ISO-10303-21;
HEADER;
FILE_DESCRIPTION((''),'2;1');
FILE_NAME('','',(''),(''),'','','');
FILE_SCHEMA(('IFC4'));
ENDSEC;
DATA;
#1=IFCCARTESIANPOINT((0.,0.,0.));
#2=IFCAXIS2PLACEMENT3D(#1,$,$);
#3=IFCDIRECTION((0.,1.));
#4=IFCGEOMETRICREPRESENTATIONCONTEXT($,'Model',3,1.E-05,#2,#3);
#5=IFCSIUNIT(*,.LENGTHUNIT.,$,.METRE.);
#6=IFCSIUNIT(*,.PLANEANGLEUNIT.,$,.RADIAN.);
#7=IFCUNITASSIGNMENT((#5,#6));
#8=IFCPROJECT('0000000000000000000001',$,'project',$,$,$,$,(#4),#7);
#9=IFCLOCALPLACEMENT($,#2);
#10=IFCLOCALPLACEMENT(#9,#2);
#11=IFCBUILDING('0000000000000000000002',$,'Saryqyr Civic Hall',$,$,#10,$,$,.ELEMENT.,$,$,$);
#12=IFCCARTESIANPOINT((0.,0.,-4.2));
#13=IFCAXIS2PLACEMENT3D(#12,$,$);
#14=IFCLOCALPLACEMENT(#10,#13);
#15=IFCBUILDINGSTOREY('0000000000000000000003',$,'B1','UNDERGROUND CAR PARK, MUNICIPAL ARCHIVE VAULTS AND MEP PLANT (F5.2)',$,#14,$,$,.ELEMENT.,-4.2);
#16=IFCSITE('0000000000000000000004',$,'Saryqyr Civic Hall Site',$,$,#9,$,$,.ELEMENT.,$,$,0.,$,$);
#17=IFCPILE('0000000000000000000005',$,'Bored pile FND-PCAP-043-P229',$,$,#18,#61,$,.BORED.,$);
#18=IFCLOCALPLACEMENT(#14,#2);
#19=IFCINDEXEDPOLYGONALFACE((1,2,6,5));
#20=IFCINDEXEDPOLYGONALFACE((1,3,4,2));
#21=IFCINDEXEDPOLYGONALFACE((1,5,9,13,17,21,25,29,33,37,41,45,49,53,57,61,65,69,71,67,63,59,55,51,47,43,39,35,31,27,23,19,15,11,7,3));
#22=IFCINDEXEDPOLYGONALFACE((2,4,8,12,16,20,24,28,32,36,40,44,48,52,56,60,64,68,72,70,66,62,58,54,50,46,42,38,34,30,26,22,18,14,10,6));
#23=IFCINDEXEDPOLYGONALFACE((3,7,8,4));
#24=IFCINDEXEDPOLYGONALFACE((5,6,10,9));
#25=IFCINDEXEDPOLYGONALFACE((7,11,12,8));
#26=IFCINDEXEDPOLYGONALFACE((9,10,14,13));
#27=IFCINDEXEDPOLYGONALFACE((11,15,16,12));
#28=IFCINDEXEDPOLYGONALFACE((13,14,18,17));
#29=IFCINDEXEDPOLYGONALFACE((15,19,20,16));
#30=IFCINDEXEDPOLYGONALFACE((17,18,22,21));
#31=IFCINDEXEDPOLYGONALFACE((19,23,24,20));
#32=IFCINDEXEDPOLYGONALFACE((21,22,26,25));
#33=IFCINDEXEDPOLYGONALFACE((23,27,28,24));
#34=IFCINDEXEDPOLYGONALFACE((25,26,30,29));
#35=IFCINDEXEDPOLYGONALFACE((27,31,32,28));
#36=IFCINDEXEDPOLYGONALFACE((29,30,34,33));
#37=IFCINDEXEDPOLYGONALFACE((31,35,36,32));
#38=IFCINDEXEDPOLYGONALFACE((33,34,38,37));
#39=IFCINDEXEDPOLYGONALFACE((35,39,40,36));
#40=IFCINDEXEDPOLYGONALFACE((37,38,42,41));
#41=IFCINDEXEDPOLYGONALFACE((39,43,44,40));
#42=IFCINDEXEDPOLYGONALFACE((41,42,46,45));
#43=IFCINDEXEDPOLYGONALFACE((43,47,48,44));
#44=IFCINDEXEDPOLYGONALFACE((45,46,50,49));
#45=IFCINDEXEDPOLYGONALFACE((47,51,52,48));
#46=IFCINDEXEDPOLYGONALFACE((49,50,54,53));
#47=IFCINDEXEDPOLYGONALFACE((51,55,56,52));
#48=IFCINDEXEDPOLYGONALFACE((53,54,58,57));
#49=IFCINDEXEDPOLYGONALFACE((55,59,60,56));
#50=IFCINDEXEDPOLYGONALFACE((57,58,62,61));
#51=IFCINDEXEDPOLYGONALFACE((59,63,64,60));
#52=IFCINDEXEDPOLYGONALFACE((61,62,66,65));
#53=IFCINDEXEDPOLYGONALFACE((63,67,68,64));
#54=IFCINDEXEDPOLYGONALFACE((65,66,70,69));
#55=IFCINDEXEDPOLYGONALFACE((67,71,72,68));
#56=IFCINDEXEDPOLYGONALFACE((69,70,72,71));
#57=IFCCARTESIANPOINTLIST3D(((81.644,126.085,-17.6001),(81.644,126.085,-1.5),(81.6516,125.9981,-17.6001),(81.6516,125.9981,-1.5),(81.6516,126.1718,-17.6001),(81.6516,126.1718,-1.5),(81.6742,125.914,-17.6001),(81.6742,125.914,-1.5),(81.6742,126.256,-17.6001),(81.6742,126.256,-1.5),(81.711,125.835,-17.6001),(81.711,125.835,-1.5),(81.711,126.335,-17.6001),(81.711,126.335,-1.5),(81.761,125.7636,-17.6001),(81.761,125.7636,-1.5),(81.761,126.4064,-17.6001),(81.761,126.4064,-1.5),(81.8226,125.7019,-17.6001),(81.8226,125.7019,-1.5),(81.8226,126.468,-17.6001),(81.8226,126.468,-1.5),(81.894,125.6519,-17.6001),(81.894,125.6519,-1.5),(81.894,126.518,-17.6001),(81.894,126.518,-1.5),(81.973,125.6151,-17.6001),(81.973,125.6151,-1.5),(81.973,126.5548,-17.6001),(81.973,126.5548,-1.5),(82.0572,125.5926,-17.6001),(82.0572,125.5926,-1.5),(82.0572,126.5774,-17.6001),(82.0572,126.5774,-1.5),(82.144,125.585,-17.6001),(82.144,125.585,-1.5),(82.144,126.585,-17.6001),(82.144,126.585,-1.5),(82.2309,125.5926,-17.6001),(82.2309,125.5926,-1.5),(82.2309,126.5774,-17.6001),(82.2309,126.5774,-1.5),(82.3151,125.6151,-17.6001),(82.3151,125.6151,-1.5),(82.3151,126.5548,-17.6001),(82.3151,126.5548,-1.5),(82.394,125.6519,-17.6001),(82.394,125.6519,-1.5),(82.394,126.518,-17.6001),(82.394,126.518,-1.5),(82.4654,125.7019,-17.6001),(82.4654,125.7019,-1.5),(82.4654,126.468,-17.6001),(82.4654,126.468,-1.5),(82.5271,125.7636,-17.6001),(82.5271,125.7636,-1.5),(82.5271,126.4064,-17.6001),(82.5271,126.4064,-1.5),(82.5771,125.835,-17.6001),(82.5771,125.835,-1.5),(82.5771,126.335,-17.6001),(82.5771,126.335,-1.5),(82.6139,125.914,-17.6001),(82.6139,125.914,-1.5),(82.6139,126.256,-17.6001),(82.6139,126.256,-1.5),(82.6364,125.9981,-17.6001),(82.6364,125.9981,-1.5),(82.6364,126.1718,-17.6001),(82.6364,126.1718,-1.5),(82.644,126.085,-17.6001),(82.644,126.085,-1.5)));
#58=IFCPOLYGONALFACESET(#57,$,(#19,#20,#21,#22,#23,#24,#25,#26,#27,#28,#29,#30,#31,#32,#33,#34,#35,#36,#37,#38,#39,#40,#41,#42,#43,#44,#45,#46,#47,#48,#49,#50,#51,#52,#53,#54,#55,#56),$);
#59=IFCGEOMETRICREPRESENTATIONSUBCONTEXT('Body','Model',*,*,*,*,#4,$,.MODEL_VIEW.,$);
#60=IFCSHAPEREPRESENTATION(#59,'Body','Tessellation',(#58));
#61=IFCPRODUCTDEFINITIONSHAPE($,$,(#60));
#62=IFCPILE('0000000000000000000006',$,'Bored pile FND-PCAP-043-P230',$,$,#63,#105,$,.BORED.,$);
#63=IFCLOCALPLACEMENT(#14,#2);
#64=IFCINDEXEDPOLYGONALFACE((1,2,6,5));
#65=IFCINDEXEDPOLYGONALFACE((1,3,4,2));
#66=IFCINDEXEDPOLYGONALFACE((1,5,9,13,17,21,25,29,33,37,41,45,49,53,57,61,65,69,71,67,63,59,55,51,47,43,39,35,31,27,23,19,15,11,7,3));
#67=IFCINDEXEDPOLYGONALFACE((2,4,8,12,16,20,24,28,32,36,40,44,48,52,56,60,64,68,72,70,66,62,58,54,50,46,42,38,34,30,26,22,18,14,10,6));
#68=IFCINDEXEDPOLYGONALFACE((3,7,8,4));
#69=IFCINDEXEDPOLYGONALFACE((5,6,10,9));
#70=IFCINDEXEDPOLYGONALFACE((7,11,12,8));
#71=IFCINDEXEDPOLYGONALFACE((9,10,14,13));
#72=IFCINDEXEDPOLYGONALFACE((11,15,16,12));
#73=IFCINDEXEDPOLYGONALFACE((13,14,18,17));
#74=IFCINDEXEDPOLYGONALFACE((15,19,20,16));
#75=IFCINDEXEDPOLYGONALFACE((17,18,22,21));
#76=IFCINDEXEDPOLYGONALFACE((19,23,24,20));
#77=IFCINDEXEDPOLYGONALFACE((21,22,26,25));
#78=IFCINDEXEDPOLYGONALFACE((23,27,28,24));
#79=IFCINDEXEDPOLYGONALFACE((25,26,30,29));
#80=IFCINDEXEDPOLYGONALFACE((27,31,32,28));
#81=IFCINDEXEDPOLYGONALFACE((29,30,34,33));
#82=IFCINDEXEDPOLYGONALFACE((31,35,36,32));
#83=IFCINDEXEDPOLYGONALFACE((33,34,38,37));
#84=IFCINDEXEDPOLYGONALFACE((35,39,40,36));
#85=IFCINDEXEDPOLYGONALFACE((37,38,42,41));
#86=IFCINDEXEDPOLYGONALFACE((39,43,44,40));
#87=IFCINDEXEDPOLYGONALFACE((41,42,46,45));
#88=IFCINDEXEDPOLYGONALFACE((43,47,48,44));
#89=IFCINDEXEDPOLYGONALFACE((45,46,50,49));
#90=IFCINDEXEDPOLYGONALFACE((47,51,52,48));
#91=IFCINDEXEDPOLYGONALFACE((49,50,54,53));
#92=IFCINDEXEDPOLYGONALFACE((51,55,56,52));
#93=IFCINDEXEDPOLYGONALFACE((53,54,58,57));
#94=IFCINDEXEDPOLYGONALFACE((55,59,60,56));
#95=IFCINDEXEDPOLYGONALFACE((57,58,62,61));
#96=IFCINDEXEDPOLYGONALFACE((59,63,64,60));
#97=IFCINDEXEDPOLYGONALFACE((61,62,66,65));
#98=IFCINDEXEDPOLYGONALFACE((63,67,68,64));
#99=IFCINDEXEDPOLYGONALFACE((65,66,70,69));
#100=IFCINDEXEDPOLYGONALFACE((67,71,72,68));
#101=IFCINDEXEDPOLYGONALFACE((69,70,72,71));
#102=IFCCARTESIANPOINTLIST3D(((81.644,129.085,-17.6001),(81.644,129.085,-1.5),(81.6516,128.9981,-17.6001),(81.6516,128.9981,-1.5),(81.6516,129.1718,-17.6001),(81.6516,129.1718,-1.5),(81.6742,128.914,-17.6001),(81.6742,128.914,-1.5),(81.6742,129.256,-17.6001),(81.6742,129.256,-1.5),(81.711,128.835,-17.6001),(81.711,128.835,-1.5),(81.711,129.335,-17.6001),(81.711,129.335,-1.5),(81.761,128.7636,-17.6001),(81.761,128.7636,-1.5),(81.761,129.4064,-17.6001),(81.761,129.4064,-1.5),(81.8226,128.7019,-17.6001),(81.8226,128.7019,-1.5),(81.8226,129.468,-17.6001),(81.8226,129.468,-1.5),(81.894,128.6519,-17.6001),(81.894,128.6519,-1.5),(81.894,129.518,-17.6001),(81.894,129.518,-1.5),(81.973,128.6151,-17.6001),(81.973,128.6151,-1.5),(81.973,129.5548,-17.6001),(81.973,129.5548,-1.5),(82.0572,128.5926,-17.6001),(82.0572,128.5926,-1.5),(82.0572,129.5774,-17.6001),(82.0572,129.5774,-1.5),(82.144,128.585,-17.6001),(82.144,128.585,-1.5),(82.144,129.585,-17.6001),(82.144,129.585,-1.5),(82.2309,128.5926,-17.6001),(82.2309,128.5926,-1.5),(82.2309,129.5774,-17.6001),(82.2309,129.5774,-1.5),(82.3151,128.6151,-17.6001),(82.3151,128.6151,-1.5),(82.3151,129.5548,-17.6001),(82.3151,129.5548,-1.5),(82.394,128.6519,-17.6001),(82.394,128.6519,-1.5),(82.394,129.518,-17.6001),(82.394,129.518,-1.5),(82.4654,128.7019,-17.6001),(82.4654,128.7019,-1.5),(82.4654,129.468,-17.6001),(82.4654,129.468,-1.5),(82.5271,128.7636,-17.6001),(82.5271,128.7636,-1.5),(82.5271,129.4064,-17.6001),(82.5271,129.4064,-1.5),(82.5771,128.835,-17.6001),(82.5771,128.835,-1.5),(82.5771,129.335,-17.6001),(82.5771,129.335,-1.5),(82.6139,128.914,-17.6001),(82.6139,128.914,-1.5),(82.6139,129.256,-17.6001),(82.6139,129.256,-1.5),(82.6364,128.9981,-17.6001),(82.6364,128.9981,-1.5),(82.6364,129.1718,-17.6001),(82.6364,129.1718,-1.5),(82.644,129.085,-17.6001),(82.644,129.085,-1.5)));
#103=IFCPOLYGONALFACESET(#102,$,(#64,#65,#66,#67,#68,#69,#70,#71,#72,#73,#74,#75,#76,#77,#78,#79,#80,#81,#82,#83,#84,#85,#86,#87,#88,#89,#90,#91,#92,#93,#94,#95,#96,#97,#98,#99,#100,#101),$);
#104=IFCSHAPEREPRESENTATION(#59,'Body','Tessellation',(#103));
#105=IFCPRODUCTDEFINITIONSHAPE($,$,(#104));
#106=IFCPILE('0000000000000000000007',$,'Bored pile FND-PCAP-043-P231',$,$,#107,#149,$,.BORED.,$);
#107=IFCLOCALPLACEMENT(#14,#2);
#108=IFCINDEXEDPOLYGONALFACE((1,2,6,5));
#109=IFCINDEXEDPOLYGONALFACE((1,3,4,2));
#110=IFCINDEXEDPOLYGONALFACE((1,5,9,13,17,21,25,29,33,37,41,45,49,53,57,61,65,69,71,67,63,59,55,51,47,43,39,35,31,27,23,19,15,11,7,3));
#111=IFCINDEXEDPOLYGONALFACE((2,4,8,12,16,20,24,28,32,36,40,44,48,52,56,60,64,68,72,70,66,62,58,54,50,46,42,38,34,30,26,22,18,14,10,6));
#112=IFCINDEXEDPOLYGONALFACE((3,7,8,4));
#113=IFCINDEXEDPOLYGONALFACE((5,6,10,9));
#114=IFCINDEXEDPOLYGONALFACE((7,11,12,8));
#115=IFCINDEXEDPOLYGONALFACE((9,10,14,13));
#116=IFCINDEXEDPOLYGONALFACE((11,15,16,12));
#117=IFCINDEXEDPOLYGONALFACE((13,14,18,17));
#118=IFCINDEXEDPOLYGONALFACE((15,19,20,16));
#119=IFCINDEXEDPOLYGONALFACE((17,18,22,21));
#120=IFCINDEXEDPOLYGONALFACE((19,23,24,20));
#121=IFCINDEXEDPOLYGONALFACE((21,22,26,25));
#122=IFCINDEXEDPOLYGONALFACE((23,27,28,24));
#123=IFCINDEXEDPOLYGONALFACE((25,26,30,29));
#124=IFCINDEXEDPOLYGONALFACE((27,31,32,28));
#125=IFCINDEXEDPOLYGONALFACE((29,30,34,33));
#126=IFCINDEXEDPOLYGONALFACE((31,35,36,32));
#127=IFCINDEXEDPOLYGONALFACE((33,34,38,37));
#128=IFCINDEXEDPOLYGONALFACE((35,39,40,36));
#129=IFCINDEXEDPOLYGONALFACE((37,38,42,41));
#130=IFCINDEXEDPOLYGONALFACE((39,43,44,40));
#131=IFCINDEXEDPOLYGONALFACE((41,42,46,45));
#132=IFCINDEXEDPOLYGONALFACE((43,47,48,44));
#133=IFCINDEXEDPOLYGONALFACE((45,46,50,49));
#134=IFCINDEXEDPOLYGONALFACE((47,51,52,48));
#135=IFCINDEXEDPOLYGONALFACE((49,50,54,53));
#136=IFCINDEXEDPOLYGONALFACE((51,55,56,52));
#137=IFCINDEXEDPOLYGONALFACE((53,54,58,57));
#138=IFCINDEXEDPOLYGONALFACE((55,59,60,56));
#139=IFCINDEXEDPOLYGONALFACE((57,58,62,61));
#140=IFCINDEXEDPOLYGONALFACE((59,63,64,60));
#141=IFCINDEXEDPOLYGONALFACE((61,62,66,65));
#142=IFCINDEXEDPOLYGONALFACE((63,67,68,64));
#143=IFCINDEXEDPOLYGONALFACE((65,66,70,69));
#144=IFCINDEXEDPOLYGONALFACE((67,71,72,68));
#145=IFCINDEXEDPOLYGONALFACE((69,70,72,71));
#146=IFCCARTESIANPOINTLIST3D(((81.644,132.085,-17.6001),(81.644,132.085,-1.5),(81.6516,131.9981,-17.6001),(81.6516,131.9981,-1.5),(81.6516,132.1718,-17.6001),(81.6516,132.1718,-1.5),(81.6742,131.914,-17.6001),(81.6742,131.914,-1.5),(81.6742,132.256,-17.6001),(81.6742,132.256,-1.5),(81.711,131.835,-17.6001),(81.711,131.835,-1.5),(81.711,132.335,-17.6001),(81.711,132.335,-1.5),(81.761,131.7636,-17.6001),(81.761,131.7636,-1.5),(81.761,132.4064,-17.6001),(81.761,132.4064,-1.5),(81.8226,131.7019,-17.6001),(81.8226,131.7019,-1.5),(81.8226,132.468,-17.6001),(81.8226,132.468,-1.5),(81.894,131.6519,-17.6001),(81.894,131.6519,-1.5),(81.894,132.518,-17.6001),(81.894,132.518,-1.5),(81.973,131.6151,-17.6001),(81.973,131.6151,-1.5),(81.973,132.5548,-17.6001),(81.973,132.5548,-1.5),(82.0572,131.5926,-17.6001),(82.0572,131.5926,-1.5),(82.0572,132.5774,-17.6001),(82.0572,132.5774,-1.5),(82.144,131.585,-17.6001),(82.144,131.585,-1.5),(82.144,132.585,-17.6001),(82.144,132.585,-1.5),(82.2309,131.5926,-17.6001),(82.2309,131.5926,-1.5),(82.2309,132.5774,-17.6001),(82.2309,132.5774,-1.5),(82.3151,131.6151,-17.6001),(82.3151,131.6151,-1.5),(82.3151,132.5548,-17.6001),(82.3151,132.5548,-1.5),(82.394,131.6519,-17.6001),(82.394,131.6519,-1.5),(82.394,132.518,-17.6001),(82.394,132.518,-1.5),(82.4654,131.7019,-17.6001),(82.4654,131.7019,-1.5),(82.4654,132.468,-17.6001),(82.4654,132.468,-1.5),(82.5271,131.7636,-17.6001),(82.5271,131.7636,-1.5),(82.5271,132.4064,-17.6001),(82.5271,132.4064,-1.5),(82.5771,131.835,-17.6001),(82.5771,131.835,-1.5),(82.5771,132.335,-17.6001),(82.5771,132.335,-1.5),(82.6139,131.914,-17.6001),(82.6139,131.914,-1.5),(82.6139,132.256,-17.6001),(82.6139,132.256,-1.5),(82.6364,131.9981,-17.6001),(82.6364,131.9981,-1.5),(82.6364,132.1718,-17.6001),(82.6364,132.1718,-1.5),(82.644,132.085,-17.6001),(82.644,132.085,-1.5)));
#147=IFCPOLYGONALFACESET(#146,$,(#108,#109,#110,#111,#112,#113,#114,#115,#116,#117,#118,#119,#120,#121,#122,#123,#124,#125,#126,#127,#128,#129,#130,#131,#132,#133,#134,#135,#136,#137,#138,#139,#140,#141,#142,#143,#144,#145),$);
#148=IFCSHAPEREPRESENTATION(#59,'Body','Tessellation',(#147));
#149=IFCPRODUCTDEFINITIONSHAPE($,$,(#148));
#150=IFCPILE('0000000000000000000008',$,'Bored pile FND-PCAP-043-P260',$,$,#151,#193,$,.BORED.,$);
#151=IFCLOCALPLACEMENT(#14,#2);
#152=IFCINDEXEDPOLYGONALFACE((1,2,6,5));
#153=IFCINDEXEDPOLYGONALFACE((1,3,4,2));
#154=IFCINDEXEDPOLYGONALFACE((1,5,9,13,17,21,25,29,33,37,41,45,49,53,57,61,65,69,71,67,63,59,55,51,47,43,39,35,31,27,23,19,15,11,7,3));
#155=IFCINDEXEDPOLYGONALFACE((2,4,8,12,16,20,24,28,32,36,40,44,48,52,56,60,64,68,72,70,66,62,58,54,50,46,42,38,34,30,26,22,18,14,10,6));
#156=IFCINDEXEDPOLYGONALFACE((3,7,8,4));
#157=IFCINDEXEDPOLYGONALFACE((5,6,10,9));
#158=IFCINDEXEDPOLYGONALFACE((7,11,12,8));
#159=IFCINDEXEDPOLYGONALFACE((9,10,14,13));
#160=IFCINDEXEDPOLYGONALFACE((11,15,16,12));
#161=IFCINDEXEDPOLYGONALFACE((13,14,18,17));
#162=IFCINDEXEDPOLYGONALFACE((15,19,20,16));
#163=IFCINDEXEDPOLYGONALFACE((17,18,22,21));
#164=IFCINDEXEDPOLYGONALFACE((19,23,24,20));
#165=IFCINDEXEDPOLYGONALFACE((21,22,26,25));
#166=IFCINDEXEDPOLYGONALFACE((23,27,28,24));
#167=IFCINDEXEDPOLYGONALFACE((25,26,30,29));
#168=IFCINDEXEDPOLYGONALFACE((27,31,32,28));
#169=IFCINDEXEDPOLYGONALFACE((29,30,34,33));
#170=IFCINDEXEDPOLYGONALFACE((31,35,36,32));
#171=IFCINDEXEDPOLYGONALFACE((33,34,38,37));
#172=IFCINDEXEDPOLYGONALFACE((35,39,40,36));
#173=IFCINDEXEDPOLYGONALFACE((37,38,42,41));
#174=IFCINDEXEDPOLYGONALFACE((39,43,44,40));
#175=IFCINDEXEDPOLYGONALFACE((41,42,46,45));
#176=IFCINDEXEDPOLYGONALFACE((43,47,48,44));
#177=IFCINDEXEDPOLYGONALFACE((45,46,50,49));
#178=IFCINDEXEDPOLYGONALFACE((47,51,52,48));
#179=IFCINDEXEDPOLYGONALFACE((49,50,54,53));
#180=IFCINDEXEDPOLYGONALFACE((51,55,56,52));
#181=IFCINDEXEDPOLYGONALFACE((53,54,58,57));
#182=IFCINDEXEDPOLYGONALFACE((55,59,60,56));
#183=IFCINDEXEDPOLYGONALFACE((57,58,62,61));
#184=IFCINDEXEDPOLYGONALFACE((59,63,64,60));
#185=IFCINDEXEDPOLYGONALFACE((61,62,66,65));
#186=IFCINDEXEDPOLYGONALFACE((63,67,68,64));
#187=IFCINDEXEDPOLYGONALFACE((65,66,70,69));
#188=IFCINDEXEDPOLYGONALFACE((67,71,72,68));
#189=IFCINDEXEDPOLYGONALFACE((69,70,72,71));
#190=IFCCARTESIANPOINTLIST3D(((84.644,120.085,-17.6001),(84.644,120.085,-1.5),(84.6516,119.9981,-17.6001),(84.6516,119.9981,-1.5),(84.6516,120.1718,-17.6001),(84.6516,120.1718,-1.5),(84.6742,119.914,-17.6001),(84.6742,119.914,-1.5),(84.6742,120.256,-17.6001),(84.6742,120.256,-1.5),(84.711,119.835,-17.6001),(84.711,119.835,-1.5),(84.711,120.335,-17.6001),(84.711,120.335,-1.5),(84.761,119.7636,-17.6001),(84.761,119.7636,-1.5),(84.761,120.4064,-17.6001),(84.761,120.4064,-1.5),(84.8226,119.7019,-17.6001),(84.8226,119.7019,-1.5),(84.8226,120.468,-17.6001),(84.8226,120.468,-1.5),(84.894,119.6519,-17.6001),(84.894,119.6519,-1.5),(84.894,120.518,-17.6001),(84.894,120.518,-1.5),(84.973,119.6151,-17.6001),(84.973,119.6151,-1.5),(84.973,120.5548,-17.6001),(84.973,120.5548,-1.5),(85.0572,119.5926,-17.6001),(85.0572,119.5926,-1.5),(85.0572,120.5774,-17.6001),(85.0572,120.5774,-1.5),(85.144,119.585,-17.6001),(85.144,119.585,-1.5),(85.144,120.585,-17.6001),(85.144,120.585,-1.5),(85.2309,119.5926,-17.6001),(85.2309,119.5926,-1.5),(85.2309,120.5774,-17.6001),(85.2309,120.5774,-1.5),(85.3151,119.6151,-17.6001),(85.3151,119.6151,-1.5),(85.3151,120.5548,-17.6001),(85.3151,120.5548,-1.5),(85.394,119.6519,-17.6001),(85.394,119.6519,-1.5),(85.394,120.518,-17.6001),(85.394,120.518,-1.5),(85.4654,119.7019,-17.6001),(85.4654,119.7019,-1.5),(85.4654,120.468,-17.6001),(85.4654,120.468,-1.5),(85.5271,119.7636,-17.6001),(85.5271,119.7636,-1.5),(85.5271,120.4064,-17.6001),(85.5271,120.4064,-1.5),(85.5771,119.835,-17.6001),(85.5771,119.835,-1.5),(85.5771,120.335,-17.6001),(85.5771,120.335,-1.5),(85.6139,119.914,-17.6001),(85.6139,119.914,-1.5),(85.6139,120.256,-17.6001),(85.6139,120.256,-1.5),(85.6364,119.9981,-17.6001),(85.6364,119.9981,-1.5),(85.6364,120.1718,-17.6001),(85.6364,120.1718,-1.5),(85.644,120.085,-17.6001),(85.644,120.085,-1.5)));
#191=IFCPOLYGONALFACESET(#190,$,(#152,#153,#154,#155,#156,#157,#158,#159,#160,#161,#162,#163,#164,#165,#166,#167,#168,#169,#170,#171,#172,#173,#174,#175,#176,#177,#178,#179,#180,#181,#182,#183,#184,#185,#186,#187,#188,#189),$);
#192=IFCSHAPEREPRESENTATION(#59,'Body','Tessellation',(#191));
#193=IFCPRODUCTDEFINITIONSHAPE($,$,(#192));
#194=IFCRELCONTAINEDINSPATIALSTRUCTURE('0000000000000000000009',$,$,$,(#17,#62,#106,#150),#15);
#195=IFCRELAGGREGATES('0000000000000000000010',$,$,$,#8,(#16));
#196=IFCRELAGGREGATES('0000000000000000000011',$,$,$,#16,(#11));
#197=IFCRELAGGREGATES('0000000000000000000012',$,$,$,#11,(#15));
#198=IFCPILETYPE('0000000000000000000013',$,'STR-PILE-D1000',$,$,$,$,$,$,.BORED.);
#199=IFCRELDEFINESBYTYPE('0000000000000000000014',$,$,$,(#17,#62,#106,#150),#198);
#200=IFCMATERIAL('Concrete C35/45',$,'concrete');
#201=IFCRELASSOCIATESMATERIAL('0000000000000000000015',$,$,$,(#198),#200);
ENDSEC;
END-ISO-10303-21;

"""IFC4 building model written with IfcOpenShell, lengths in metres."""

from ifc_helpers import new_model, si_unit, direction, frame, origin, origin_2d, place, context, subcontext, project, spatial, circle, extrude, material, material_profile, profile_set, type_object, element, save


model = new_model("IFC4")

# Units and contexts
model_context = context("Model", 3, precision=1e-05, world=origin(), true_north=direction((0.0, 1.0)))
body_context = subcontext(model_context, "Body", "Model", "MODEL_VIEW")
ifc_project = project(units=[si_unit("LENGTHUNIT", "METRE"), si_unit("PLANEANGLEUNIT", "RADIAN")], contexts=[model_context])

# Site, building, storey
site_placement = place(None, origin())
site = spatial("IfcSite", under=ifc_project, at=site_placement, Name="Saryqyr Civic Hall Site", CompositionType="ELEMENT", RefElevation=0.0)
building_placement = place(site_placement, origin())
building = spatial("IfcBuilding", under=site, at=building_placement, Name="Saryqyr Civic Hall", CompositionType="ELEMENT")
storey_placement = place(building_placement, frame((0.0, 0.0, -4.2)))
storey = spatial("IfcBuildingStorey", under=building, at=storey_placement, Name="B1", Description="UNDERGROUND CAR PARK, MUNICIPAL ARCHIVE VAULTS AND MEP PLANT (F5.2)", CompositionType="ELEMENT", Elevation=-4.2)

# Shared definitions
ifc_material_1 = material(Name="Concrete C35/45", Category="concrete")

# Piles
ifc_material_profile_1 = material_profile(ifc_material_1, circle(Radius=0.5, at=origin_2d()), Name="BORED PILE D1000")
ifc_profile_set_1 = profile_set([ifc_material_profile_1], Name="Concrete C35/45")
pile_type = type_object("IfcPileType", Name="STR-PILE-D1000", PredefinedType="BORED", material=ifc_profile_set_1)
for number, where, z_axis, x_axis, name in (
    (1, (82.144, 126.085, -1.5), (0.0, 0.0, -1.0), (1.0, 0.0, 0.0), "Bored pile FND-PCAP-043-P229"),
    (2, (82.144, 129.085, -1.5), (0.0, 0.0, -1.0), (1.0, 0.0, 0.0), "Bored pile FND-PCAP-043-P230"),
    (3, (82.144, 132.085, -1.5), (0.0, 0.0, -1.0), (1.0, 0.0, 0.0), "Bored pile FND-PCAP-043-P231"),
    (4, (85.144, 120.085, -1.5), (0.0, 0.0, -1.0), (1.0, 0.0, 0.0), "Bored pile FND-PCAP-043-P260"),
):
    element("IfcPile", number, at=place(storey_placement, frame(where, z_axis=z_axis, x_axis=x_axis)), inside=storey, type_object=pile_type, Name=name, PredefinedType="BORED", context=body_context, shape_type="SweptSolid", body=[
        extrude(circle(Radius=0.5, at=origin_2d()), origin(), (0.0, 0.0, 1.0), 16.1001),
    ])

save(model, "model.ifc")
